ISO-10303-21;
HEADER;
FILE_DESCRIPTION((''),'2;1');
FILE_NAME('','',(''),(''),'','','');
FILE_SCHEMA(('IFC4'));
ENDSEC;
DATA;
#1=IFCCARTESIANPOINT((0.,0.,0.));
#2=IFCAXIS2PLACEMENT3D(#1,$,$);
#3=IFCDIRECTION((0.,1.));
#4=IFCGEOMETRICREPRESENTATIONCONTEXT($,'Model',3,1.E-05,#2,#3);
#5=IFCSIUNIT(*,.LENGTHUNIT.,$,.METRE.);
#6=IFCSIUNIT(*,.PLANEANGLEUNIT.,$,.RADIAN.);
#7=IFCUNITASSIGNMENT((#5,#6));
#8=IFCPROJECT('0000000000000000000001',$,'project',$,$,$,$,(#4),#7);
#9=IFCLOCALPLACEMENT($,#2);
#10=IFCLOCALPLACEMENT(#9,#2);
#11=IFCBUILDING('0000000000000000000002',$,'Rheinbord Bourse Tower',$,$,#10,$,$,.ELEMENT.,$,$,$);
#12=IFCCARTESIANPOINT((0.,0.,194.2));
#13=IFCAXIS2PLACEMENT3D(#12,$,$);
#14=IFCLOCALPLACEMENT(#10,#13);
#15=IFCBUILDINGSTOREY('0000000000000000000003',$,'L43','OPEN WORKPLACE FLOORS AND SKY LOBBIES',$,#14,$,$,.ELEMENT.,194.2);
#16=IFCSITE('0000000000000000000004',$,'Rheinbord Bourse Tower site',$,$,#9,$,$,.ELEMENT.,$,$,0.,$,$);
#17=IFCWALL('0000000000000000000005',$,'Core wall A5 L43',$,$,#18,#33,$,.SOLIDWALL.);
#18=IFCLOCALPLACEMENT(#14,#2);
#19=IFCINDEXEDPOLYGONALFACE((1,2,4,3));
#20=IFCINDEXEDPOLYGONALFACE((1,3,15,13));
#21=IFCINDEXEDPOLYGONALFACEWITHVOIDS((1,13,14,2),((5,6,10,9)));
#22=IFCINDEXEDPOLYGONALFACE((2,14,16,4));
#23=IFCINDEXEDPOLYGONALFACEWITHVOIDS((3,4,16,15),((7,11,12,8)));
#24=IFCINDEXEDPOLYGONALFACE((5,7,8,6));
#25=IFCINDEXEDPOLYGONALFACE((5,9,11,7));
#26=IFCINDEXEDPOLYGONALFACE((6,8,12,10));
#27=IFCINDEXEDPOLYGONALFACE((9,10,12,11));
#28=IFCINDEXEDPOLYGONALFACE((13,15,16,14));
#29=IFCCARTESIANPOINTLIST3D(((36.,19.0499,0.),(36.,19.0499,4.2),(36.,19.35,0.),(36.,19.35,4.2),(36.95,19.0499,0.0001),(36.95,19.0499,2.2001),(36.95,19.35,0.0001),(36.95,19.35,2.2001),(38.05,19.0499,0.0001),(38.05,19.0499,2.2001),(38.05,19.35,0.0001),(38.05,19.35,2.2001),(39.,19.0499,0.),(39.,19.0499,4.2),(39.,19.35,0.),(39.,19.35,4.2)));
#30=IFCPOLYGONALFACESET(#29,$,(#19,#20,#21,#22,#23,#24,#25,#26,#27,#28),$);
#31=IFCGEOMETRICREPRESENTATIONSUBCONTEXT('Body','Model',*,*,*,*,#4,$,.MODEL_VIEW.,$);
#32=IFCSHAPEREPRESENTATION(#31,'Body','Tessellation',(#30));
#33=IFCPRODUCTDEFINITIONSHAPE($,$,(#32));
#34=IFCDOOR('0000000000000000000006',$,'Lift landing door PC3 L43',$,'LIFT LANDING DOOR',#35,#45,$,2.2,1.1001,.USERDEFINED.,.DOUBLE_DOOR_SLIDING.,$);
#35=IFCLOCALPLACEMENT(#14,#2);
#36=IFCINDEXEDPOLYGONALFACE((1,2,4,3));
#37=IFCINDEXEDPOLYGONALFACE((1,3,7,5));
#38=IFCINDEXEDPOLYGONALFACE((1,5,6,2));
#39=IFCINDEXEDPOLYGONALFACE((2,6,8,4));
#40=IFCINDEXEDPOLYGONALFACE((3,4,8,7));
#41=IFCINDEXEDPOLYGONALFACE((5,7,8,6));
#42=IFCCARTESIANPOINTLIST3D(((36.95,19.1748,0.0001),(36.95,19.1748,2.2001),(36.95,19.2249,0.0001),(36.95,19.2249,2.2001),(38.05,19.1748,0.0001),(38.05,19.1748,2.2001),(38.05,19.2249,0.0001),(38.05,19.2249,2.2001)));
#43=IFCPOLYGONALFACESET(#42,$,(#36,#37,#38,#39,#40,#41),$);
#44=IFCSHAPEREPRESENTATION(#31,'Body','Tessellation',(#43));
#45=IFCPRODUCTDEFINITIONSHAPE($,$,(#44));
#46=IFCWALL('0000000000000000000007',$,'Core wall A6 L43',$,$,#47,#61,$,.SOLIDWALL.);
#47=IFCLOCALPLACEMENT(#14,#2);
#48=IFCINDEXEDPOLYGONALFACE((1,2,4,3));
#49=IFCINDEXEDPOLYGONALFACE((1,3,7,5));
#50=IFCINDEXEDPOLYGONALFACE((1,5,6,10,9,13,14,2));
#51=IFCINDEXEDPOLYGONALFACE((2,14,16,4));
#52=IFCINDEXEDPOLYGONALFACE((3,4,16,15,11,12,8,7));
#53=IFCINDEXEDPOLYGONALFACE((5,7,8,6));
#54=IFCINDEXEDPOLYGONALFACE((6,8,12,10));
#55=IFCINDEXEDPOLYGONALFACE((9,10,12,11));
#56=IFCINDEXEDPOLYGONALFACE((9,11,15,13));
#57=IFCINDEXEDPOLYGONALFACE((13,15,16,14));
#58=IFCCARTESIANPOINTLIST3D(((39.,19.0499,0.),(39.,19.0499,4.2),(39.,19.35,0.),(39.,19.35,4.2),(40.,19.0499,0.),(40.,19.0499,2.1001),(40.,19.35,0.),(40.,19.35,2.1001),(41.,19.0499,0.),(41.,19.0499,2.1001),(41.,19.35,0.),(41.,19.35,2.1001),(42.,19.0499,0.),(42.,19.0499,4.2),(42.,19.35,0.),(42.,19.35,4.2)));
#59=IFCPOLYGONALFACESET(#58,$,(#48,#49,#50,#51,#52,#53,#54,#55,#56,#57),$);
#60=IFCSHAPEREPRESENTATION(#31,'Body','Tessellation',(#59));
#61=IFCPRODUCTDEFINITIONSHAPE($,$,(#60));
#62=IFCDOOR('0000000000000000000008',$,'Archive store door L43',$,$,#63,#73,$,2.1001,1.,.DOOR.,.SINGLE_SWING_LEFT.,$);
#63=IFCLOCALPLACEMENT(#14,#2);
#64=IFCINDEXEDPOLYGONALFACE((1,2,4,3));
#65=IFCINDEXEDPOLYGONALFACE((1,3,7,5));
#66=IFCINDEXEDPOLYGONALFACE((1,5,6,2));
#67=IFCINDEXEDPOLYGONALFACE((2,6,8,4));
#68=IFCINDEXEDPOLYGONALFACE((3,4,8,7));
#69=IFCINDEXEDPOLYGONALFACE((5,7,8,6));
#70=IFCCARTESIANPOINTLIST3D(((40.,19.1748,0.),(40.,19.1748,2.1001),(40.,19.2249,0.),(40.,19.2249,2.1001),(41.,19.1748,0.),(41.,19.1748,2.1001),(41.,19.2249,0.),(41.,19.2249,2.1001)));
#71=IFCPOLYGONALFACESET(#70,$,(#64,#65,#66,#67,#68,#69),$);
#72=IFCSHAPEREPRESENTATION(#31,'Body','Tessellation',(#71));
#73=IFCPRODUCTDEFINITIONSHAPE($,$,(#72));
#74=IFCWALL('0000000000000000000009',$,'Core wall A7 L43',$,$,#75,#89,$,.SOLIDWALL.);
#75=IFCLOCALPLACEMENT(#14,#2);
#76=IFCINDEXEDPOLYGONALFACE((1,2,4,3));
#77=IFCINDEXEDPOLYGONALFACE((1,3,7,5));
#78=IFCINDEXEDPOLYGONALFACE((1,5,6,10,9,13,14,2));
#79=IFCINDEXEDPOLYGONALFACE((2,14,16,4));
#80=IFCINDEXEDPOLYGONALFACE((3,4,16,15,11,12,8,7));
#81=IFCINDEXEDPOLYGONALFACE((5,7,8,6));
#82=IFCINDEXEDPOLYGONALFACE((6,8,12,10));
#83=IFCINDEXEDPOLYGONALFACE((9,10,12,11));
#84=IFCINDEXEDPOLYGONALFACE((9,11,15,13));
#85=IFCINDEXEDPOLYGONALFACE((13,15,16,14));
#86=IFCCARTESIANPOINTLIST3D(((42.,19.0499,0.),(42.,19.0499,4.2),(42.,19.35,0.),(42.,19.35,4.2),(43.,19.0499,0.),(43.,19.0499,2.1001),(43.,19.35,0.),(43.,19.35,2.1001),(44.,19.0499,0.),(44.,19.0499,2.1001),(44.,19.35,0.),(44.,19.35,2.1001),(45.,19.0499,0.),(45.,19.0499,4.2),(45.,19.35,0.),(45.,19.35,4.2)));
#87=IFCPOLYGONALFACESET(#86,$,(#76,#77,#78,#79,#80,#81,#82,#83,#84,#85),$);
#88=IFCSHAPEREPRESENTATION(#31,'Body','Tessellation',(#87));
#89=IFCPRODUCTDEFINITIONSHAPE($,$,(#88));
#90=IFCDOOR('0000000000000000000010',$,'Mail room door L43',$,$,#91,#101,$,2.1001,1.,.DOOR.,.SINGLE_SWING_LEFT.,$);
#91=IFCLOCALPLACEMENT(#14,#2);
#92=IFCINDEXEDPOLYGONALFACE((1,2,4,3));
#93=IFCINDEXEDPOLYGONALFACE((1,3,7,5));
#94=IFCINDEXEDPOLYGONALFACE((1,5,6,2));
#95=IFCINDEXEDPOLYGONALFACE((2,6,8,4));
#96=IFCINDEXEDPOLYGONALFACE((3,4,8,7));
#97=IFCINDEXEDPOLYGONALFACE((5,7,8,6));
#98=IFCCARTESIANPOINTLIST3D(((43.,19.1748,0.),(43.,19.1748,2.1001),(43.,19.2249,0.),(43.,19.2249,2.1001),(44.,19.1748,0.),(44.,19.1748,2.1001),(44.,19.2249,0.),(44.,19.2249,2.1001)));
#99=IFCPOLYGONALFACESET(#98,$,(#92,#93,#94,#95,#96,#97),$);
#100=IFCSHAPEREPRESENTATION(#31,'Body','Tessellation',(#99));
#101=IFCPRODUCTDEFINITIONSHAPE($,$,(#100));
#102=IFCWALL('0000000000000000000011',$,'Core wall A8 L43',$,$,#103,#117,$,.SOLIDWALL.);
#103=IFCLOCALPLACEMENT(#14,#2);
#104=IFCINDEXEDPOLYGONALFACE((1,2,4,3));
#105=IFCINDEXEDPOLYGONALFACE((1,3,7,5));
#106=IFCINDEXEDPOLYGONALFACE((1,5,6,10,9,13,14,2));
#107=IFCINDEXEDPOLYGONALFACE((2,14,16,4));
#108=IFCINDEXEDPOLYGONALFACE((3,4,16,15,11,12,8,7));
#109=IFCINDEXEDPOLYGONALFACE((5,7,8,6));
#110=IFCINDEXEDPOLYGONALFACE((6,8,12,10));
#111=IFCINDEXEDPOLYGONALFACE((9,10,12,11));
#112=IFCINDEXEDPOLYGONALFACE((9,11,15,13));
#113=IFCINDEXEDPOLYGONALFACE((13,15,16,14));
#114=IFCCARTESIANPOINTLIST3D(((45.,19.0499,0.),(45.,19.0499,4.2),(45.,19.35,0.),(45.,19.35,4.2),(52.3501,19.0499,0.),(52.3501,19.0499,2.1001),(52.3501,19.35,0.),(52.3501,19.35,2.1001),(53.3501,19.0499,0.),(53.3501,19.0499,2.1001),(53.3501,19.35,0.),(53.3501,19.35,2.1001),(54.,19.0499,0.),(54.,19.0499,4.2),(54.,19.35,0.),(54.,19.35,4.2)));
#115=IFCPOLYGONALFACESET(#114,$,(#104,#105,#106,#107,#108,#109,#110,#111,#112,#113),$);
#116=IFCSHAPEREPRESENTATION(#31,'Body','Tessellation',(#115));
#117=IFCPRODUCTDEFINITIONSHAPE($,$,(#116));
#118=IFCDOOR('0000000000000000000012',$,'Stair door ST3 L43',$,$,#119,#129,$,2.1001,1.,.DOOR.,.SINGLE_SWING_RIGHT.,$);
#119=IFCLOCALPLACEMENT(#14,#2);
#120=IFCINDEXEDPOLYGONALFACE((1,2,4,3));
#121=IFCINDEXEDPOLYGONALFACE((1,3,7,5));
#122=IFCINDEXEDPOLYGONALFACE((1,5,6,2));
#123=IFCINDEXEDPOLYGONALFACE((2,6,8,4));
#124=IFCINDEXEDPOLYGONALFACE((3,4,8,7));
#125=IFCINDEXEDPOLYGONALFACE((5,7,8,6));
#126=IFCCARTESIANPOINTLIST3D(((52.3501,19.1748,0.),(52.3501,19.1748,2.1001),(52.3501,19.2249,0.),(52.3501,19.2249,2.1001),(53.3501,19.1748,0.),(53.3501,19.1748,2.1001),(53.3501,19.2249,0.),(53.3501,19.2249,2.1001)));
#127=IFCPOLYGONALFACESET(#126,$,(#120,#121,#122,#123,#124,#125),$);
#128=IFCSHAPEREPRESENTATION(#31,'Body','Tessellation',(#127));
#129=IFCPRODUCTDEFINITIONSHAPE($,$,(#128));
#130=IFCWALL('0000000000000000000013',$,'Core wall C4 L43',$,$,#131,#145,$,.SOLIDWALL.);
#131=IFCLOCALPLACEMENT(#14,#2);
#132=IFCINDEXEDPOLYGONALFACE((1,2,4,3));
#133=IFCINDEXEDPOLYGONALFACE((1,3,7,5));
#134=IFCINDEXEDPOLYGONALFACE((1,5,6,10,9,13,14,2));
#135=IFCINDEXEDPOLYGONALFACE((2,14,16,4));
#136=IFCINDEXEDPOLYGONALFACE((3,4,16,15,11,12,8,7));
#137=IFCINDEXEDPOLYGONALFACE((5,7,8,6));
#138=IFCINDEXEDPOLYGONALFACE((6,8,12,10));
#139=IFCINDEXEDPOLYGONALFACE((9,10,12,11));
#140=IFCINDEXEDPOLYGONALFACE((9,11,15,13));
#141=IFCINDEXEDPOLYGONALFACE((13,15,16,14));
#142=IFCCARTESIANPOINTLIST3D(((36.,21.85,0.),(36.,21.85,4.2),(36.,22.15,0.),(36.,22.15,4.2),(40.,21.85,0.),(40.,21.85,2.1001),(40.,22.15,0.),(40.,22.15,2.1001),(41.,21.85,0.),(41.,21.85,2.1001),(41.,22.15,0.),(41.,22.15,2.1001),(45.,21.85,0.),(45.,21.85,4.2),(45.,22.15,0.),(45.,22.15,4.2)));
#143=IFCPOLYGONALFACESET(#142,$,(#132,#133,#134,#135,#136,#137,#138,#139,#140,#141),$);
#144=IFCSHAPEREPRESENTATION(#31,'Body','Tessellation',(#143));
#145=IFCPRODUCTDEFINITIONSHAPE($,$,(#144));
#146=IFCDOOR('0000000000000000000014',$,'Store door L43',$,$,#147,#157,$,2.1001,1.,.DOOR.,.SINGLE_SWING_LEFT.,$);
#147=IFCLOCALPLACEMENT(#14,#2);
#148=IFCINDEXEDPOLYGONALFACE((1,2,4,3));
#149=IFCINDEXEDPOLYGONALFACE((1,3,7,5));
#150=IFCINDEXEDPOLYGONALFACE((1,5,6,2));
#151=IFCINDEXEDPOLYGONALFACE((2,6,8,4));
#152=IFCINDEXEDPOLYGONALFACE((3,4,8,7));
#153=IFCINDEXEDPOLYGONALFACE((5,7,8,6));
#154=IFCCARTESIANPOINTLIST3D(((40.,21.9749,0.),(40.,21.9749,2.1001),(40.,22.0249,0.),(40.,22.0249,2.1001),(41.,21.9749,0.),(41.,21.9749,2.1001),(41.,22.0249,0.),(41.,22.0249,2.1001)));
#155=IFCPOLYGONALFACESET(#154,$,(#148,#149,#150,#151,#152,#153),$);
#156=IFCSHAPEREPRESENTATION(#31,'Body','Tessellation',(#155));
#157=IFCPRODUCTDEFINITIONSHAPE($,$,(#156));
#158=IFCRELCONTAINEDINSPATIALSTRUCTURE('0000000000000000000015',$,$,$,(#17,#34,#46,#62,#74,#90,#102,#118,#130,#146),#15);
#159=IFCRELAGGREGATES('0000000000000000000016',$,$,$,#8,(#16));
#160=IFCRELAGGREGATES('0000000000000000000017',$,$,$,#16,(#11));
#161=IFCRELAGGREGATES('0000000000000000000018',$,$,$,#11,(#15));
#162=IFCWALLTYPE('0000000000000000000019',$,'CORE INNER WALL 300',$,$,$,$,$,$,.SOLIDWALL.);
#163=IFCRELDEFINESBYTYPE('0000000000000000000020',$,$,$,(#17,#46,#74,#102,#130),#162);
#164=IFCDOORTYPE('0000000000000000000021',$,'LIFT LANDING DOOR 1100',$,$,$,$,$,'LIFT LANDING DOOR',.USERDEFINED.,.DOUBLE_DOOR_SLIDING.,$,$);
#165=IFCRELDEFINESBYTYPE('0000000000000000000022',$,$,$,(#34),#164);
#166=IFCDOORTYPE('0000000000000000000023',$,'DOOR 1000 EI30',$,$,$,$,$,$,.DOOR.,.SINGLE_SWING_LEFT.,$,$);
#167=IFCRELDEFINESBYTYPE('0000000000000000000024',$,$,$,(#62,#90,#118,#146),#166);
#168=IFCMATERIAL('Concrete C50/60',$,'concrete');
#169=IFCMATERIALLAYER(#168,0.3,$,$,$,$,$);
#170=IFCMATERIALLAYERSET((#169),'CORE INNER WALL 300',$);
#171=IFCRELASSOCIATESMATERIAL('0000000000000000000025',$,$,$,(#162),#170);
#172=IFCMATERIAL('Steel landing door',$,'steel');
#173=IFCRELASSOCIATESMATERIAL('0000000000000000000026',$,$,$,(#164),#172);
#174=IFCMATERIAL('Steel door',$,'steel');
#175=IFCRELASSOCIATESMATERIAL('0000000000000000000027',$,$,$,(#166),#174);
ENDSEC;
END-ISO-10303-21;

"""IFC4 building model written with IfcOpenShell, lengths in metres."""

from ifc_helpers import new_model, si_unit, direction, frame, frame_2d, origin, place, context, subcontext, project, spatial, rectangle, extrude, material, layer, layer_set, type_object, element, fill, save


model = new_model("IFC4")

# Units and contexts
model_context = context("Model", 3, precision=1e-05, world=origin(), true_north=direction((0.0, 1.0)))
body_context = subcontext(model_context, "Body", "Model", "MODEL_VIEW")
ifc_project = project(units=[si_unit("LENGTHUNIT", "METRE"), si_unit("PLANEANGLEUNIT", "RADIAN")], contexts=[model_context])

# Site, building, storey
site_placement = place(None, origin())
site = spatial("IfcSite", under=ifc_project, at=site_placement, Name="Rheinbord Bourse Tower site", CompositionType="ELEMENT", RefElevation=0.0)
building_placement = place(site_placement, origin())
building = spatial("IfcBuilding", under=site, at=building_placement, Name="Rheinbord Bourse Tower", CompositionType="ELEMENT")
storey_placement = place(building_placement, frame((0.0, 0.0, 194.2)))
storey = spatial("IfcBuildingStorey", under=building, at=storey_placement, Name="L43", Description="OPEN WORKPLACE FLOORS AND SKY LOBBIES", CompositionType="ELEMENT", Elevation=194.2)

# Walls, openings, doors
ifc_material_1 = material(Name="Concrete C50/60", Category="concrete")
ifc_layer_1 = layer(ifc_material_1, 0.3)
ifc_layer_set_1 = layer_set([ifc_layer_1], Name="CORE INNER WALL 300")
wall_type_1 = type_object("IfcWallType", Name="CORE INNER WALL 300", PredefinedType="SOLIDWALL", material=ifc_layer_set_1)
wall_1_placement = place(storey_placement, frame((36.0, 19.2, 0.0), z_axis=(0.0, 0.0, 1.0), x_axis=(1.0, 0.0, 0.0)))
wall_1 = element("IfcWall", 1, at=wall_1_placement, inside=storey, type_object=wall_type_1, Name="Core wall A5 L43", PredefinedType="SOLIDWALL", context=body_context, shape_type="SweptSolid", body=[
    extrude(rectangle(XDim=3.0, YDim=0.3, at=frame_2d((1.5, 0.0))), origin(), (0.0, 0.0, 1.0), 4.2),
])
opening_1_placement = place(wall_1_placement, frame((0.95, 0.0, 0.0)))
opening_1 = element("IfcOpeningElement", 2, at=opening_1_placement, cuts=wall_1, PredefinedType="OPENING", context=body_context, shape_type="SweptSolid", body=[
    extrude(rectangle(XDim=1.1001, YDim=2.2, at=frame_2d((0.55, 1.1001))), frame((0.0, 0.1599, 0.0), z_axis=(0.0, -1.0, 0.0), x_axis=(1.0, 0.0, 0.0)), (0.0, 0.0, 1.0), 0.3201),
])
ifc_material_2 = material(Name="Steel landing door", Category="steel")
door_type_1 = type_object("IfcDoorType", Name="LIFT LANDING DOOR 1100", ElementType="LIFT LANDING DOOR", OperationType="DOUBLE_DOOR_SLIDING", PredefinedType="USERDEFINED", material=ifc_material_2)
door_1_placement = place(opening_1_placement, origin())
door_1 = element("IfcDoor", 3, at=door_1_placement, inside=storey, type_object=door_type_1, Name="Lift landing door PC3 L43", ObjectType="LIFT LANDING DOOR", OperationType="DOUBLE_DOOR_SLIDING", OverallHeight=2.2, OverallWidth=1.1001, PredefinedType="USERDEFINED", context=body_context, shape_type="SweptSolid", body=[
    extrude(rectangle(XDim=1.1001, YDim=2.2, at=frame_2d((0.55, 1.1001))), frame((0.0, 0.0249, 0.0), z_axis=(0.0, -1.0, 0.0), x_axis=(1.0, 0.0, 0.0)), (0.0, 0.0, 1.0), 0.05),
])
fill(opening_1, door_1)
wall_2_placement = place(storey_placement, frame((39.0, 19.2, 0.0), z_axis=(0.0, 0.0, 1.0), x_axis=(1.0, 0.0, 0.0)))
wall_2 = element("IfcWall", 4, at=wall_2_placement, inside=storey, type_object=wall_type_1, Name="Core wall A6 L43", PredefinedType="SOLIDWALL", context=body_context, shape_type="SweptSolid", body=[
    extrude(rectangle(XDim=3.0, YDim=0.3, at=frame_2d((1.5, 0.0))), origin(), (0.0, 0.0, 1.0), 4.2),
])
opening_2_placement = place(wall_2_placement, frame((1.0, 0.0, 0.0)))
opening_2 = element("IfcOpeningElement", 5, at=opening_2_placement, cuts=wall_2, PredefinedType="OPENING", context=body_context, shape_type="SweptSolid", body=[
    extrude(rectangle(XDim=1.0, YDim=2.1001, at=frame_2d((0.5, 1.05))), frame((0.0, 0.1599, 0.0), z_axis=(0.0, -1.0, 0.0), x_axis=(1.0, 0.0, 0.0)), (0.0, 0.0, 1.0), 0.3201),
])
ifc_material_3 = material(Name="Steel door", Category="steel")
door_type_2 = type_object("IfcDoorType", Name="DOOR 1000 EI30", OperationType="SINGLE_SWING_LEFT", PredefinedType="DOOR", material=ifc_material_3)
door_2_placement = place(opening_2_placement, origin())
door_2 = element("IfcDoor", 6, at=door_2_placement, inside=storey, type_object=door_type_2, Name="Archive store door L43", OperationType="SINGLE_SWING_LEFT", OverallHeight=2.1001, OverallWidth=1.0, PredefinedType="DOOR", context=body_context, shape_type="SweptSolid", body=[
    extrude(rectangle(XDim=1.0, YDim=2.1001, at=frame_2d((0.5, 1.05))), frame((0.0, 0.0249, 0.0), z_axis=(0.0, -1.0, 0.0), x_axis=(1.0, 0.0, 0.0)), (0.0, 0.0, 1.0), 0.05),
])
fill(opening_2, door_2)
wall_3_placement = place(storey_placement, frame((42.0, 19.2, 0.0), z_axis=(0.0, 0.0, 1.0), x_axis=(1.0, 0.0, 0.0)))
wall_3 = element("IfcWall", 7, at=wall_3_placement, inside=storey, type_object=wall_type_1, Name="Core wall A7 L43", PredefinedType="SOLIDWALL", context=body_context, shape_type="SweptSolid", body=[
    extrude(rectangle(XDim=3.0, YDim=0.3, at=frame_2d((1.5, 0.0))), origin(), (0.0, 0.0, 1.0), 4.2),
])
opening_3_placement = place(wall_3_placement, frame((1.0, 0.0, 0.0)))
opening_3 = element("IfcOpeningElement", 8, at=opening_3_placement, cuts=wall_3, PredefinedType="OPENING", context=body_context, shape_type="SweptSolid", body=[
    extrude(rectangle(XDim=1.0, YDim=2.1001, at=frame_2d((0.5, 1.05))), frame((0.0, 0.1599, 0.0), z_axis=(0.0, -1.0, 0.0), x_axis=(1.0, 0.0, 0.0)), (0.0, 0.0, 1.0), 0.3201),
])
door_3_placement = place(opening_3_placement, origin())
door_3 = element("IfcDoor", 9, at=door_3_placement, inside=storey, type_object=door_type_2, Name="Mail room door L43", OperationType="SINGLE_SWING_LEFT", OverallHeight=2.1001, OverallWidth=1.0, PredefinedType="DOOR", context=body_context, shape_type="SweptSolid", body=[
    extrude(rectangle(XDim=1.0, YDim=2.1001, at=frame_2d((0.5, 1.05))), frame((0.0, 0.0249, 0.0), z_axis=(0.0, -1.0, 0.0), x_axis=(1.0, 0.0, 0.0)), (0.0, 0.0, 1.0), 0.05),
])
fill(opening_3, door_3)
wall_4_placement = place(storey_placement, frame((45.0, 19.2, 0.0), z_axis=(0.0, 0.0, 1.0), x_axis=(1.0, 0.0, 0.0)))
wall_4 = element("IfcWall", 10, at=wall_4_placement, inside=storey, type_object=wall_type_1, Name="Core wall A8 L43", PredefinedType="SOLIDWALL", context=body_context, shape_type="SweptSolid", body=[
    extrude(rectangle(XDim=9.0, YDim=0.3, at=frame_2d((4.5, 0.0))), origin(), (0.0, 0.0, 1.0), 4.2),
])
opening_4_placement = place(wall_4_placement, frame((7.3501, 0.0, 0.0)))
opening_4 = element("IfcOpeningElement", 11, at=opening_4_placement, cuts=wall_4, PredefinedType="OPENING", context=body_context, shape_type="SweptSolid", body=[
    extrude(rectangle(XDim=1.0, YDim=2.1001, at=frame_2d((0.5, 1.05))), frame((0.0, 0.1599, 0.0), z_axis=(0.0, -1.0, 0.0), x_axis=(1.0, 0.0, 0.0)), (0.0, 0.0, 1.0), 0.3201),
])
door_4_placement = place(opening_4_placement, origin())
door_4 = element("IfcDoor", 12, at=door_4_placement, inside=storey, type_object=door_type_2, Name="Stair door ST3 L43", OperationType="SINGLE_SWING_RIGHT", OverallHeight=2.1001, OverallWidth=1.0, PredefinedType="DOOR", context=body_context, shape_type="SweptSolid", body=[
    extrude(rectangle(XDim=1.0, YDim=2.1001, at=frame_2d((0.5, 1.05))), frame((0.0, 0.0249, 0.0), z_axis=(0.0, -1.0, 0.0), x_axis=(1.0, 0.0, 0.0)), (0.0, 0.0, 1.0), 0.05),
])
fill(opening_4, door_4)
wall_5_placement = place(storey_placement, frame((36.0, 22.0, 0.0), z_axis=(0.0, 0.0, 1.0), x_axis=(1.0, 0.0, 0.0)))
wall_5 = element("IfcWall", 13, at=wall_5_placement, inside=storey, type_object=wall_type_1, Name="Core wall C4 L43", PredefinedType="SOLIDWALL", context=body_context, shape_type="SweptSolid", body=[
    extrude(rectangle(XDim=9.0, YDim=0.3, at=frame_2d((4.5, 0.0))), origin(), (0.0, 0.0, 1.0), 4.2),
])
opening_5_placement = place(wall_5_placement, frame((4.0, 0.0, 0.0)))
opening_5 = element("IfcOpeningElement", 14, at=opening_5_placement, cuts=wall_5, PredefinedType="OPENING", context=body_context, shape_type="SweptSolid", body=[
    extrude(rectangle(XDim=1.0, YDim=2.1001, at=frame_2d((0.5, 1.05))), frame((0.0, 0.1599, 0.0), z_axis=(0.0, -1.0, 0.0), x_axis=(1.0, 0.0, 0.0)), (0.0, 0.0, 1.0), 0.3201),
])
door_5_placement = place(opening_5_placement, origin())
door_5 = element("IfcDoor", 15, at=door_5_placement, inside=storey, type_object=door_type_2, Name="Store door L43", OperationType="SINGLE_SWING_LEFT", OverallHeight=2.1001, OverallWidth=1.0, PredefinedType="DOOR", context=body_context, shape_type="SweptSolid", body=[
    extrude(rectangle(XDim=1.0, YDim=2.1001, at=frame_2d((0.5, 1.05))), frame((0.0, 0.0249, 0.0), z_axis=(0.0, -1.0, 0.0), x_axis=(1.0, 0.0, 0.0)), (0.0, 0.0, 1.0), 0.05),
])
fill(opening_5, door_5)

save(model, "model.ifc")
